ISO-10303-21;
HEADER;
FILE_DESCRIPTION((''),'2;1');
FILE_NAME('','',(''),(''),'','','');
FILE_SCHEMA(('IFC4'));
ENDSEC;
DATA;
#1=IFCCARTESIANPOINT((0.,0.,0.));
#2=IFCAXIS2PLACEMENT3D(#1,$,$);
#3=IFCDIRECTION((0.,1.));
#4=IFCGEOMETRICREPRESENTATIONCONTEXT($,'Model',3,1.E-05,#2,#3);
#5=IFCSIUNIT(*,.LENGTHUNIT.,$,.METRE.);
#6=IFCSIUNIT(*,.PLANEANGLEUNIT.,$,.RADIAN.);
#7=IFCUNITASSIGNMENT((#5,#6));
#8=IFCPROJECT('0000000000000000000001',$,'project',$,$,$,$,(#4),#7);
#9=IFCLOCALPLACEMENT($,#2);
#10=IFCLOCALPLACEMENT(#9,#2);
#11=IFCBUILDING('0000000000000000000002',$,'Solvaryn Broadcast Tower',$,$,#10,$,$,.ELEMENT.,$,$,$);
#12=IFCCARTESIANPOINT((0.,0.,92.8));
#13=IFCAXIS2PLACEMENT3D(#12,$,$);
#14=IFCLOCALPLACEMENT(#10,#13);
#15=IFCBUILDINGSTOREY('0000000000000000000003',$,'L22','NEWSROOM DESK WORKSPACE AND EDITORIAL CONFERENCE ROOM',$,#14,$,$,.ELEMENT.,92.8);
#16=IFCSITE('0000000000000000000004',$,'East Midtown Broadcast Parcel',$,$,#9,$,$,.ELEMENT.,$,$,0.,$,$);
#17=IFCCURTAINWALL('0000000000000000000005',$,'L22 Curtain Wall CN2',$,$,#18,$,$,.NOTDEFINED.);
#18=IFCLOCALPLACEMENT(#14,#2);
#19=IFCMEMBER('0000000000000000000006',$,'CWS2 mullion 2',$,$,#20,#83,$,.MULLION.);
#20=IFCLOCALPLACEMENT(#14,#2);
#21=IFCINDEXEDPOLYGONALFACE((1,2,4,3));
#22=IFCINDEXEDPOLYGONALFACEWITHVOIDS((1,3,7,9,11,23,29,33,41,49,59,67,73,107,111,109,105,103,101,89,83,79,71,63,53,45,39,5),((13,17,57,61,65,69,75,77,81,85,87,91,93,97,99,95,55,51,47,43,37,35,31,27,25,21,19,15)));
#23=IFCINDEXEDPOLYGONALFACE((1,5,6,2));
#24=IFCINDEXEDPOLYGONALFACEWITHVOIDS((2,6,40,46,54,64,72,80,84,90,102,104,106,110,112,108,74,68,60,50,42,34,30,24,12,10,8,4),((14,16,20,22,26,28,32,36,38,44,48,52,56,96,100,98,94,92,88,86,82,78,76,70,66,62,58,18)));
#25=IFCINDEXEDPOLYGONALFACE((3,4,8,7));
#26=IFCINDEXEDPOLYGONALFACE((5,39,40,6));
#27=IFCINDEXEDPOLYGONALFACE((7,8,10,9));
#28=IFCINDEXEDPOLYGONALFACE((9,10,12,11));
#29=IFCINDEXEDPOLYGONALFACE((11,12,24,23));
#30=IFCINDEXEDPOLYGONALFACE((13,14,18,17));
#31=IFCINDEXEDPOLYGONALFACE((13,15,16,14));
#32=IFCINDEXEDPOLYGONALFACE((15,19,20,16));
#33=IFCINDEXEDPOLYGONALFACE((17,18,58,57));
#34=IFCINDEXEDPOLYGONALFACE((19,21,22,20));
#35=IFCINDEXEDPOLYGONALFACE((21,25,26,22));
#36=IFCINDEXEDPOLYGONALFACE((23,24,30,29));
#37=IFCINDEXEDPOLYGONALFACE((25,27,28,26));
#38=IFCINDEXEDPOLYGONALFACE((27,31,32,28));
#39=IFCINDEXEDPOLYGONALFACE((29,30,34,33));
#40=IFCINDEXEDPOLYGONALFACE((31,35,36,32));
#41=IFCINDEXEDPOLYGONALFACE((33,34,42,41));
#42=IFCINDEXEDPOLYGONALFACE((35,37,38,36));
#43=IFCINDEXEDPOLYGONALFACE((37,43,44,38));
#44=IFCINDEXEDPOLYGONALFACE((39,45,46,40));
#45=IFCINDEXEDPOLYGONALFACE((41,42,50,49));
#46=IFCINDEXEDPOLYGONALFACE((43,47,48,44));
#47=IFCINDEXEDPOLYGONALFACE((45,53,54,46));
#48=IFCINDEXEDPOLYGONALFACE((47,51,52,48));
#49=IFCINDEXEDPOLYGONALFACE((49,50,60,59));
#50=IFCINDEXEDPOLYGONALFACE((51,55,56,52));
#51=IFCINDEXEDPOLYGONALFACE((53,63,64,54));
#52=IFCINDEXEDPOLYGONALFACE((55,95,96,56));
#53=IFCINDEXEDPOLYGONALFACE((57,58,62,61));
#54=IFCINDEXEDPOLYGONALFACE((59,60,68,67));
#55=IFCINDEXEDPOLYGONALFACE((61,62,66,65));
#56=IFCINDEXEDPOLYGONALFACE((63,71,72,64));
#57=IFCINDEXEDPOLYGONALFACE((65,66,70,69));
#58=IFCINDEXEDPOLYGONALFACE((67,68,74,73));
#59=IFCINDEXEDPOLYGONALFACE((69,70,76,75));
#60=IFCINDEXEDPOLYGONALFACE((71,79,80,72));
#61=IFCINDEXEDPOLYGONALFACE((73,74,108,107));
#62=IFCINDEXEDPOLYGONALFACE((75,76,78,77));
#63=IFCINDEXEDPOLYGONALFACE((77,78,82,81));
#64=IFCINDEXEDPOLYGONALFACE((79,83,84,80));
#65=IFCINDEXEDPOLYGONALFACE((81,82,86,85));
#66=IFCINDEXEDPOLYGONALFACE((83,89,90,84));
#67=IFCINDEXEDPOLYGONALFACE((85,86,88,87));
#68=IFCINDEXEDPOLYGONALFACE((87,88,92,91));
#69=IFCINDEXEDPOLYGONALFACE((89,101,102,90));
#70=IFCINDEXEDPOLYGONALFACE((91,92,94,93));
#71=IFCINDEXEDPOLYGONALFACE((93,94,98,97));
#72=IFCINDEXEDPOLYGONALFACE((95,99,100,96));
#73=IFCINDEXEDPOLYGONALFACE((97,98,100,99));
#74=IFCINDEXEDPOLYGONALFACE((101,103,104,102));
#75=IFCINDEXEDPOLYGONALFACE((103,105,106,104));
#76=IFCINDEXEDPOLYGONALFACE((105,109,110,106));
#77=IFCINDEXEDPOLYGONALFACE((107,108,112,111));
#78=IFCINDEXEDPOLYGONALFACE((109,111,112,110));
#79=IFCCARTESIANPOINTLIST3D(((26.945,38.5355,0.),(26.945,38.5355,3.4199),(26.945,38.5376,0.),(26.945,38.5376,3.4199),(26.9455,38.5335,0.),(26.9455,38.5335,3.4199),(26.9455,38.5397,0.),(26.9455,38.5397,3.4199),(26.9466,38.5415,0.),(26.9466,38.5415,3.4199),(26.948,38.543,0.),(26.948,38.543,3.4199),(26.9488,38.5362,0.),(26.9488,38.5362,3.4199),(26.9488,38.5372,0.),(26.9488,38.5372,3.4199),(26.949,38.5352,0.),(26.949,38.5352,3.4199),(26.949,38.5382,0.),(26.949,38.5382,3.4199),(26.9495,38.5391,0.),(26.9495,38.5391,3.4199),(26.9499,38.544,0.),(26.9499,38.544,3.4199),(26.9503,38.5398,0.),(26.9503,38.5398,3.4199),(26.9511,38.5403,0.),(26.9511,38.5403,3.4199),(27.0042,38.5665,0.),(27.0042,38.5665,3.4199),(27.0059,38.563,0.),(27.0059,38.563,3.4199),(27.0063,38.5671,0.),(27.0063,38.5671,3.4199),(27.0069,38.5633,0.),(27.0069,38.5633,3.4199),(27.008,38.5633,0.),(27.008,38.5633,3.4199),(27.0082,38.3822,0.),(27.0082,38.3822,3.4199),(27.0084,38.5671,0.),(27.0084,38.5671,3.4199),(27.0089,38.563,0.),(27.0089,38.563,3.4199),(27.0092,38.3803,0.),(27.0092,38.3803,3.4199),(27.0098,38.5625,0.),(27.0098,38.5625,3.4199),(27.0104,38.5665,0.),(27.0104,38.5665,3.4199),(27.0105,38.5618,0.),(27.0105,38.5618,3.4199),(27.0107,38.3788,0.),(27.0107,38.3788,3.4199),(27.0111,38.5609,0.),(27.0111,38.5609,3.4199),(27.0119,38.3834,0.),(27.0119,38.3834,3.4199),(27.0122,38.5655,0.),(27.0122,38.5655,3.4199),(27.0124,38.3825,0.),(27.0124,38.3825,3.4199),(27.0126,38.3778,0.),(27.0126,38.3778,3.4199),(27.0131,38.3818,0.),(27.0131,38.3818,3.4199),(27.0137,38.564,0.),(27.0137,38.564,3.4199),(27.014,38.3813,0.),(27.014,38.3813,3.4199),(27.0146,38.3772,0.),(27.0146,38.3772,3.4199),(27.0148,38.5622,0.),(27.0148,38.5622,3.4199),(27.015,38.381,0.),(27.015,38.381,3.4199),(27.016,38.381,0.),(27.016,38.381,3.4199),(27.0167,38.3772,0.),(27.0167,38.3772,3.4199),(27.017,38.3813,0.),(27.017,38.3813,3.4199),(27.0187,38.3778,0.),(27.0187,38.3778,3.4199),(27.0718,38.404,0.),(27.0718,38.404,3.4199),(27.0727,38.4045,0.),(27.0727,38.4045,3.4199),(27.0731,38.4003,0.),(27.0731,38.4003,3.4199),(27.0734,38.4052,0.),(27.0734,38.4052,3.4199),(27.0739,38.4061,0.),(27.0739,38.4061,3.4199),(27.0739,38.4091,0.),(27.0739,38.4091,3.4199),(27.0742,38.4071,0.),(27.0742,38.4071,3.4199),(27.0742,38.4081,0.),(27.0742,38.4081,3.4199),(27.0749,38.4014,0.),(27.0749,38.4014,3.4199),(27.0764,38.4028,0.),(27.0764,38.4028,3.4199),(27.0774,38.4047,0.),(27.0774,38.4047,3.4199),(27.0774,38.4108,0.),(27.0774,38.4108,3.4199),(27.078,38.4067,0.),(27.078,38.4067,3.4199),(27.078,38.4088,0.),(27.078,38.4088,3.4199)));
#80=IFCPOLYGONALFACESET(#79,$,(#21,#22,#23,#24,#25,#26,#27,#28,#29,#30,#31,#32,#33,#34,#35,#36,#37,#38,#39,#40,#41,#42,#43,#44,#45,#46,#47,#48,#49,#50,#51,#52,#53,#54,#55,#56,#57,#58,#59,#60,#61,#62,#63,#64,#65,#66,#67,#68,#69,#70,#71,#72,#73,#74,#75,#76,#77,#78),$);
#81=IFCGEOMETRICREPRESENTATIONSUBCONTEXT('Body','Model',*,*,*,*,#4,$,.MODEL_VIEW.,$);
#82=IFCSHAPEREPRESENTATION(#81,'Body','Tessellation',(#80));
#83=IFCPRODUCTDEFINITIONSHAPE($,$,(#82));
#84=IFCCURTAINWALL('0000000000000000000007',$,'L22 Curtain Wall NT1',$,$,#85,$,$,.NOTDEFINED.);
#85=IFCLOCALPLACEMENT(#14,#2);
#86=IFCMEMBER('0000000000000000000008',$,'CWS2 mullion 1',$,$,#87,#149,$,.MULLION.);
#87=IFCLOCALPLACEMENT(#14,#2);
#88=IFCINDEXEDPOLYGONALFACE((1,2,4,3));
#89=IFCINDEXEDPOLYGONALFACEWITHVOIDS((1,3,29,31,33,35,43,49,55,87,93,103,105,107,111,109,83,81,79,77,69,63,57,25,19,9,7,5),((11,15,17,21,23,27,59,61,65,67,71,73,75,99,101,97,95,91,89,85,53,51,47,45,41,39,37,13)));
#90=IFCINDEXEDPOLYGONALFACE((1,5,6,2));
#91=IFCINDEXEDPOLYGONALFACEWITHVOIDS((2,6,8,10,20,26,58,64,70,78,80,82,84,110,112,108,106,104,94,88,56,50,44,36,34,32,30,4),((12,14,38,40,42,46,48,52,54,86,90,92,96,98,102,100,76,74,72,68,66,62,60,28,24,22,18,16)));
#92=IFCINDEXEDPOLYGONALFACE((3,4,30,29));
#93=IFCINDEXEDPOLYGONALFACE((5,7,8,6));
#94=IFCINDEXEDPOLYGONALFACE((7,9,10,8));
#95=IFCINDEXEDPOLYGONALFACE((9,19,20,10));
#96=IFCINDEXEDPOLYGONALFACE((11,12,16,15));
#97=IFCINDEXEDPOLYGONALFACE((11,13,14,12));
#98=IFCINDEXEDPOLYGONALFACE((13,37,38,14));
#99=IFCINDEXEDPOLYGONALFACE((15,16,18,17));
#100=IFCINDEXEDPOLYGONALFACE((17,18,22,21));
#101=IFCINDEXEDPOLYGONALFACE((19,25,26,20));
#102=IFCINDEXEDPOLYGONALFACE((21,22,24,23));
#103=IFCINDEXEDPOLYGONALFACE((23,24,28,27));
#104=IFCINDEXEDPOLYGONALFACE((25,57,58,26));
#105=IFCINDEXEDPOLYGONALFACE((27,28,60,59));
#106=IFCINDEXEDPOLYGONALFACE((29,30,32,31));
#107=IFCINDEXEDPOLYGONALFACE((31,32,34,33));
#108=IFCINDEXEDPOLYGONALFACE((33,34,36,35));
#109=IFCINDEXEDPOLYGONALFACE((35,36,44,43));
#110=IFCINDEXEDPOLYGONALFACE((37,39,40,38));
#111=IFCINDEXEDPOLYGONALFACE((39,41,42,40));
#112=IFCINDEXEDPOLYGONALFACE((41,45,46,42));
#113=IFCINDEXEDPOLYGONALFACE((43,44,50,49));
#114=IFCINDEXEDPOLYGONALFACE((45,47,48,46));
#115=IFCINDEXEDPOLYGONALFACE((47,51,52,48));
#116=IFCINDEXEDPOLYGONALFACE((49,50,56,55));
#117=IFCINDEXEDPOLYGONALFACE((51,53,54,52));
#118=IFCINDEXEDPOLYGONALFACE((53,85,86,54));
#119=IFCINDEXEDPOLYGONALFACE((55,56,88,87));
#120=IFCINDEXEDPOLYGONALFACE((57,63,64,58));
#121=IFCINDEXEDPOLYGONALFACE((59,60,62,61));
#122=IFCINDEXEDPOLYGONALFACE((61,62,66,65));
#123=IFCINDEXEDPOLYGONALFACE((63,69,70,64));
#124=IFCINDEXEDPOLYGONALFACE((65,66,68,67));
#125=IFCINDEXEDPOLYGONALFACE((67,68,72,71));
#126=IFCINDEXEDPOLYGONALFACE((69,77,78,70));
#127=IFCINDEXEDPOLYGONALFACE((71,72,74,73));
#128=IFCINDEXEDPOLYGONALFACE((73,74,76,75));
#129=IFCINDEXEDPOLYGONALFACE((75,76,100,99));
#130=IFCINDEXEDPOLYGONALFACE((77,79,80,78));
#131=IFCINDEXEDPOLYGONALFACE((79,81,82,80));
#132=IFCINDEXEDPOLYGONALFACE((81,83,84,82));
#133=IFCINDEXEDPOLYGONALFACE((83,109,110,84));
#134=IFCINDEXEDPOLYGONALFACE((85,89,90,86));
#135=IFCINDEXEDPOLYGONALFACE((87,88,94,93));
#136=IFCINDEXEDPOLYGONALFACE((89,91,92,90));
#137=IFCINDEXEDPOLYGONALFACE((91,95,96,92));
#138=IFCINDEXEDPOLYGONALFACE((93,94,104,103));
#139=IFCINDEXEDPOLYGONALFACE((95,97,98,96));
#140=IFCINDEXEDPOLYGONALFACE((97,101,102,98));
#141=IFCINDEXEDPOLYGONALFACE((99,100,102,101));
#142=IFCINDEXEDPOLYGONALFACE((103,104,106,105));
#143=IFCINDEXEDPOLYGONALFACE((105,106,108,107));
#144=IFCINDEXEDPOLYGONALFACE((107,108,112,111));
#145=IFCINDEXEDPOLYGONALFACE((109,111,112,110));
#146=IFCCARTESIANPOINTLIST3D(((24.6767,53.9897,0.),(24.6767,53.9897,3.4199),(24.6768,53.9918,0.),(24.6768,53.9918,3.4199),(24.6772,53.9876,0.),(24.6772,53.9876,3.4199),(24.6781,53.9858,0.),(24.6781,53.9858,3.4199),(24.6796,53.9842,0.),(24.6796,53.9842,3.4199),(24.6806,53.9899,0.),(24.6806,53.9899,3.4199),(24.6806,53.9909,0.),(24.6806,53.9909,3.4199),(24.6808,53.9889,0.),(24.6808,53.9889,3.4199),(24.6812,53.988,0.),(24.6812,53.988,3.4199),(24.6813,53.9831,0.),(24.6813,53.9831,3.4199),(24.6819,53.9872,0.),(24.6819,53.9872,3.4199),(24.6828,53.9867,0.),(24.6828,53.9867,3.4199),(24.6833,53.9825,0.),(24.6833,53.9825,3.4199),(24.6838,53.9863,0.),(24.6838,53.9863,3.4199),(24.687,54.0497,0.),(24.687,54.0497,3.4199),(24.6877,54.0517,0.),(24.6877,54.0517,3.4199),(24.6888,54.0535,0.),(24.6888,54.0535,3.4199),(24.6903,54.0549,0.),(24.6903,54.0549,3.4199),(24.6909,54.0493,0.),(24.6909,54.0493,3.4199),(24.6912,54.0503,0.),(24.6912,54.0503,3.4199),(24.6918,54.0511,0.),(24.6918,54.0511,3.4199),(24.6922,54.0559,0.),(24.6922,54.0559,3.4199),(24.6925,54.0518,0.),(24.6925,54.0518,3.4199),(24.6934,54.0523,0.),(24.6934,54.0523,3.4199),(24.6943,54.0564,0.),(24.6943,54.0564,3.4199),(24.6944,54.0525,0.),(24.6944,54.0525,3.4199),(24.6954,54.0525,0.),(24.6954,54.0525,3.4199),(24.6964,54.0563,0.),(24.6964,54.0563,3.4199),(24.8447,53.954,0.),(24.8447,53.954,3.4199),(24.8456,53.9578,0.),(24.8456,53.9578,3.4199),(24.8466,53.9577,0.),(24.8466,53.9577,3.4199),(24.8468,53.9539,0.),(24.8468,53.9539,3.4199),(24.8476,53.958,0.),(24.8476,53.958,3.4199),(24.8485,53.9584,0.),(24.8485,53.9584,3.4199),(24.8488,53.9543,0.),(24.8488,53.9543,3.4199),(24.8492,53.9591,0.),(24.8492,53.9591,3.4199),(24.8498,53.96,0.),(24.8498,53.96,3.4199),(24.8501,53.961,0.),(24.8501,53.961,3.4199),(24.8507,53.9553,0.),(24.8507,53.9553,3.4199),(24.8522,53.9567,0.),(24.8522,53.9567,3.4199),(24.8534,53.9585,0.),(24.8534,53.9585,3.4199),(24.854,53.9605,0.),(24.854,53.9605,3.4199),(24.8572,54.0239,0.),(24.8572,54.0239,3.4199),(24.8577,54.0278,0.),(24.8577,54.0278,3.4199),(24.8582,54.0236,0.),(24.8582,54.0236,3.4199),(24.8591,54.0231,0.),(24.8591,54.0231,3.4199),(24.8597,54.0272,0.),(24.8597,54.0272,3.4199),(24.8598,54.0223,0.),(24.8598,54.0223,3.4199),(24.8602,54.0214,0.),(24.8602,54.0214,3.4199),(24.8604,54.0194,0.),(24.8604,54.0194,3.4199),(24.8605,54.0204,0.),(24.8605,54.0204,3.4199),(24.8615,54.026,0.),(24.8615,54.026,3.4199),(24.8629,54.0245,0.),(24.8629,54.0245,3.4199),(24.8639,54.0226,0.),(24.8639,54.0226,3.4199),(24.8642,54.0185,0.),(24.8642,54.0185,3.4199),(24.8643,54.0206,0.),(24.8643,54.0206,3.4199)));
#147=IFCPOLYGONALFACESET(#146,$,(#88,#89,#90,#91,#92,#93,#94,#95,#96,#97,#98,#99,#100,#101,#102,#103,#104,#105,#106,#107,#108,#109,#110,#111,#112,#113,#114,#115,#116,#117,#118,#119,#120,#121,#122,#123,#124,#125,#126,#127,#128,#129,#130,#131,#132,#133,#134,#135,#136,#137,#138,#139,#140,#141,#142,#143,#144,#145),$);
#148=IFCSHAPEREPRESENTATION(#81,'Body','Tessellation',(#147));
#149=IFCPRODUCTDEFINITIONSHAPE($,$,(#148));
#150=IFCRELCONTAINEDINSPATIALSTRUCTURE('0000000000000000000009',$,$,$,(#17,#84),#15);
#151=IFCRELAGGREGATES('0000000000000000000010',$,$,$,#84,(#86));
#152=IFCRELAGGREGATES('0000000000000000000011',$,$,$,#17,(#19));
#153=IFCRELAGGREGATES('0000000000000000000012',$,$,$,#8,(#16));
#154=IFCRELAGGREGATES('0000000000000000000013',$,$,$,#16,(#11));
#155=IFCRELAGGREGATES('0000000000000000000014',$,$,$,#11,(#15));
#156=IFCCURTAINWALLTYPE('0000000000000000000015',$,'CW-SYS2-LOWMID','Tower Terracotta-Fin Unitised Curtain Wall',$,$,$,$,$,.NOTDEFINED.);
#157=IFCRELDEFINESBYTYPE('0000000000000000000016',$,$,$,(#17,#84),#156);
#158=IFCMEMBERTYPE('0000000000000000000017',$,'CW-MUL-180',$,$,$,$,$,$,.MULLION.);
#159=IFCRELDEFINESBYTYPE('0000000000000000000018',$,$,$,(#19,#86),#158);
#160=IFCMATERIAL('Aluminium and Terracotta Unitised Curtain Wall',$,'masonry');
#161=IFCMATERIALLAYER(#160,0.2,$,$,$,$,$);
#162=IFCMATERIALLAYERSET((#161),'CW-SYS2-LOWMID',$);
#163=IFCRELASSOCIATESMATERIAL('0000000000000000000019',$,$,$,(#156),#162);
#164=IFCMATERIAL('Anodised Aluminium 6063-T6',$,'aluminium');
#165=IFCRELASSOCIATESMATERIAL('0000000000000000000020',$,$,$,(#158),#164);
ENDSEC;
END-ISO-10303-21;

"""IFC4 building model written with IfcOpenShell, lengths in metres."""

from ifc_helpers import new_model, si_unit, direction, frame, origin, origin_2d, place, context, subcontext, project, spatial, hollow_rectangle, extrude, material, layer, layer_set, material_profile, profile_set, type_object, element, aggregate, save


model = new_model("IFC4")

# Units and contexts
model_context = context("Model", 3, precision=1e-05, world=origin(), true_north=direction((0.0, 1.0)))
body_context = subcontext(model_context, "Body", "Model", "MODEL_VIEW")
ifc_project = project(units=[si_unit("LENGTHUNIT", "METRE"), si_unit("PLANEANGLEUNIT", "RADIAN")], contexts=[model_context])

# Site, building, storey
site_placement = place(None, origin())
site = spatial("IfcSite", under=ifc_project, at=site_placement, Name="East Midtown Broadcast Parcel", CompositionType="ELEMENT", RefElevation=0.0)
building_placement = place(site_placement, origin())
building = spatial("IfcBuilding", under=site, at=building_placement, Name="Solvaryn Broadcast Tower", CompositionType="ELEMENT")
storey_placement = place(building_placement, frame((0.0, 0.0, 92.8)))
storey = spatial("IfcBuildingStorey", under=building, at=storey_placement, Name="L22", Description="NEWSROOM DESK WORKSPACE AND EDITORIAL CONFERENCE ROOM", CompositionType="ELEMENT", Elevation=92.8)

# Shared definitions
ifc_material_1 = material(Name="Aluminium and Terracotta Unitised Curtain Wall", Category="masonry")
ifc_layer_1 = layer(ifc_material_1, 0.2)
ifc_layer_set_1 = layer_set([ifc_layer_1], Name="CW-SYS2-LOWMID")
curtain_wall_type = type_object("IfcCurtainWallType", Name="CW-SYS2-LOWMID", Description="Tower Terracotta-Fin Unitised Curtain Wall", PredefinedType="NOTDEFINED", material=ifc_layer_set_1)
ifc_material_2 = material(Name="Anodised Aluminium 6063-T6", Category="aluminium")
ifc_material_profile_1 = material_profile(ifc_material_2, hollow_rectangle(XDim=0.075, YDim=0.1799, WallThickness=0.0039, InnerFilletRadius=0.0039, OuterFilletRadius=0.0081, at=origin_2d()))
ifc_profile_set_1 = profile_set([ifc_material_profile_1], Name="Anodised Aluminium 6063-T6")
member_type_1 = type_object("IfcMemberType", Name="CW-MUL-180", PredefinedType="MULLION", material=ifc_profile_set_1)

# Curtain walls, members
curtain_wall_1_placement = place(storey_placement, origin())
curtain_wall_1 = element("IfcCurtainWall", 1, at=curtain_wall_1_placement, inside=storey, type_object=curtain_wall_type, Name="L22 Curtain Wall CN2", PredefinedType="NOTDEFINED")
member_1_placement = place(storey_placement, frame((27.0115, 38.4722, 0.0), z_axis=(0.0, 0.0, 1.0), x_axis=(-0.923895, -0.382646, 0.0)))
member_1 = element("IfcMember", 2, at=member_1_placement, type_object=member_type_1, Name="CWS2 mullion 2", PredefinedType="MULLION", context=body_context, shape_type="SweptSolid", body=[
    extrude(hollow_rectangle(XDim=0.075, YDim=0.1799, WallThickness=0.0039, InnerFilletRadius=0.0039, OuterFilletRadius=0.0081, at=origin_2d()), origin(), (0.0, 0.0, 1.0), 3.4199),
])
curtain_wall_2_placement = place(storey_placement, origin())
curtain_wall_2 = element("IfcCurtainWall", 3, at=curtain_wall_2_placement, inside=storey, type_object=curtain_wall_type, Name="L22 Curtain Wall NT1", PredefinedType="NOTDEFINED")
member_2_placement = place(storey_placement, frame((24.7705, 54.0051, 0.0), z_axis=(0.0, 0.0, 1.0), x_axis=(-0.173785, -0.984784, 0.0)))
member_2 = element("IfcMember", 4, at=member_2_placement, type_object=member_type_1, Name="CWS2 mullion 1", PredefinedType="MULLION", context=body_context, shape_type="SweptSolid", body=[
    extrude(hollow_rectangle(XDim=0.075, YDim=0.1799, WallThickness=0.0039, InnerFilletRadius=0.0039, OuterFilletRadius=0.0081, at=origin_2d()), origin(), (0.0, 0.0, 1.0), 3.4199),
])

aggregate(curtain_wall_2, [member_2])

aggregate(curtain_wall_1, [member_1])

save(model, "model.ifc")
